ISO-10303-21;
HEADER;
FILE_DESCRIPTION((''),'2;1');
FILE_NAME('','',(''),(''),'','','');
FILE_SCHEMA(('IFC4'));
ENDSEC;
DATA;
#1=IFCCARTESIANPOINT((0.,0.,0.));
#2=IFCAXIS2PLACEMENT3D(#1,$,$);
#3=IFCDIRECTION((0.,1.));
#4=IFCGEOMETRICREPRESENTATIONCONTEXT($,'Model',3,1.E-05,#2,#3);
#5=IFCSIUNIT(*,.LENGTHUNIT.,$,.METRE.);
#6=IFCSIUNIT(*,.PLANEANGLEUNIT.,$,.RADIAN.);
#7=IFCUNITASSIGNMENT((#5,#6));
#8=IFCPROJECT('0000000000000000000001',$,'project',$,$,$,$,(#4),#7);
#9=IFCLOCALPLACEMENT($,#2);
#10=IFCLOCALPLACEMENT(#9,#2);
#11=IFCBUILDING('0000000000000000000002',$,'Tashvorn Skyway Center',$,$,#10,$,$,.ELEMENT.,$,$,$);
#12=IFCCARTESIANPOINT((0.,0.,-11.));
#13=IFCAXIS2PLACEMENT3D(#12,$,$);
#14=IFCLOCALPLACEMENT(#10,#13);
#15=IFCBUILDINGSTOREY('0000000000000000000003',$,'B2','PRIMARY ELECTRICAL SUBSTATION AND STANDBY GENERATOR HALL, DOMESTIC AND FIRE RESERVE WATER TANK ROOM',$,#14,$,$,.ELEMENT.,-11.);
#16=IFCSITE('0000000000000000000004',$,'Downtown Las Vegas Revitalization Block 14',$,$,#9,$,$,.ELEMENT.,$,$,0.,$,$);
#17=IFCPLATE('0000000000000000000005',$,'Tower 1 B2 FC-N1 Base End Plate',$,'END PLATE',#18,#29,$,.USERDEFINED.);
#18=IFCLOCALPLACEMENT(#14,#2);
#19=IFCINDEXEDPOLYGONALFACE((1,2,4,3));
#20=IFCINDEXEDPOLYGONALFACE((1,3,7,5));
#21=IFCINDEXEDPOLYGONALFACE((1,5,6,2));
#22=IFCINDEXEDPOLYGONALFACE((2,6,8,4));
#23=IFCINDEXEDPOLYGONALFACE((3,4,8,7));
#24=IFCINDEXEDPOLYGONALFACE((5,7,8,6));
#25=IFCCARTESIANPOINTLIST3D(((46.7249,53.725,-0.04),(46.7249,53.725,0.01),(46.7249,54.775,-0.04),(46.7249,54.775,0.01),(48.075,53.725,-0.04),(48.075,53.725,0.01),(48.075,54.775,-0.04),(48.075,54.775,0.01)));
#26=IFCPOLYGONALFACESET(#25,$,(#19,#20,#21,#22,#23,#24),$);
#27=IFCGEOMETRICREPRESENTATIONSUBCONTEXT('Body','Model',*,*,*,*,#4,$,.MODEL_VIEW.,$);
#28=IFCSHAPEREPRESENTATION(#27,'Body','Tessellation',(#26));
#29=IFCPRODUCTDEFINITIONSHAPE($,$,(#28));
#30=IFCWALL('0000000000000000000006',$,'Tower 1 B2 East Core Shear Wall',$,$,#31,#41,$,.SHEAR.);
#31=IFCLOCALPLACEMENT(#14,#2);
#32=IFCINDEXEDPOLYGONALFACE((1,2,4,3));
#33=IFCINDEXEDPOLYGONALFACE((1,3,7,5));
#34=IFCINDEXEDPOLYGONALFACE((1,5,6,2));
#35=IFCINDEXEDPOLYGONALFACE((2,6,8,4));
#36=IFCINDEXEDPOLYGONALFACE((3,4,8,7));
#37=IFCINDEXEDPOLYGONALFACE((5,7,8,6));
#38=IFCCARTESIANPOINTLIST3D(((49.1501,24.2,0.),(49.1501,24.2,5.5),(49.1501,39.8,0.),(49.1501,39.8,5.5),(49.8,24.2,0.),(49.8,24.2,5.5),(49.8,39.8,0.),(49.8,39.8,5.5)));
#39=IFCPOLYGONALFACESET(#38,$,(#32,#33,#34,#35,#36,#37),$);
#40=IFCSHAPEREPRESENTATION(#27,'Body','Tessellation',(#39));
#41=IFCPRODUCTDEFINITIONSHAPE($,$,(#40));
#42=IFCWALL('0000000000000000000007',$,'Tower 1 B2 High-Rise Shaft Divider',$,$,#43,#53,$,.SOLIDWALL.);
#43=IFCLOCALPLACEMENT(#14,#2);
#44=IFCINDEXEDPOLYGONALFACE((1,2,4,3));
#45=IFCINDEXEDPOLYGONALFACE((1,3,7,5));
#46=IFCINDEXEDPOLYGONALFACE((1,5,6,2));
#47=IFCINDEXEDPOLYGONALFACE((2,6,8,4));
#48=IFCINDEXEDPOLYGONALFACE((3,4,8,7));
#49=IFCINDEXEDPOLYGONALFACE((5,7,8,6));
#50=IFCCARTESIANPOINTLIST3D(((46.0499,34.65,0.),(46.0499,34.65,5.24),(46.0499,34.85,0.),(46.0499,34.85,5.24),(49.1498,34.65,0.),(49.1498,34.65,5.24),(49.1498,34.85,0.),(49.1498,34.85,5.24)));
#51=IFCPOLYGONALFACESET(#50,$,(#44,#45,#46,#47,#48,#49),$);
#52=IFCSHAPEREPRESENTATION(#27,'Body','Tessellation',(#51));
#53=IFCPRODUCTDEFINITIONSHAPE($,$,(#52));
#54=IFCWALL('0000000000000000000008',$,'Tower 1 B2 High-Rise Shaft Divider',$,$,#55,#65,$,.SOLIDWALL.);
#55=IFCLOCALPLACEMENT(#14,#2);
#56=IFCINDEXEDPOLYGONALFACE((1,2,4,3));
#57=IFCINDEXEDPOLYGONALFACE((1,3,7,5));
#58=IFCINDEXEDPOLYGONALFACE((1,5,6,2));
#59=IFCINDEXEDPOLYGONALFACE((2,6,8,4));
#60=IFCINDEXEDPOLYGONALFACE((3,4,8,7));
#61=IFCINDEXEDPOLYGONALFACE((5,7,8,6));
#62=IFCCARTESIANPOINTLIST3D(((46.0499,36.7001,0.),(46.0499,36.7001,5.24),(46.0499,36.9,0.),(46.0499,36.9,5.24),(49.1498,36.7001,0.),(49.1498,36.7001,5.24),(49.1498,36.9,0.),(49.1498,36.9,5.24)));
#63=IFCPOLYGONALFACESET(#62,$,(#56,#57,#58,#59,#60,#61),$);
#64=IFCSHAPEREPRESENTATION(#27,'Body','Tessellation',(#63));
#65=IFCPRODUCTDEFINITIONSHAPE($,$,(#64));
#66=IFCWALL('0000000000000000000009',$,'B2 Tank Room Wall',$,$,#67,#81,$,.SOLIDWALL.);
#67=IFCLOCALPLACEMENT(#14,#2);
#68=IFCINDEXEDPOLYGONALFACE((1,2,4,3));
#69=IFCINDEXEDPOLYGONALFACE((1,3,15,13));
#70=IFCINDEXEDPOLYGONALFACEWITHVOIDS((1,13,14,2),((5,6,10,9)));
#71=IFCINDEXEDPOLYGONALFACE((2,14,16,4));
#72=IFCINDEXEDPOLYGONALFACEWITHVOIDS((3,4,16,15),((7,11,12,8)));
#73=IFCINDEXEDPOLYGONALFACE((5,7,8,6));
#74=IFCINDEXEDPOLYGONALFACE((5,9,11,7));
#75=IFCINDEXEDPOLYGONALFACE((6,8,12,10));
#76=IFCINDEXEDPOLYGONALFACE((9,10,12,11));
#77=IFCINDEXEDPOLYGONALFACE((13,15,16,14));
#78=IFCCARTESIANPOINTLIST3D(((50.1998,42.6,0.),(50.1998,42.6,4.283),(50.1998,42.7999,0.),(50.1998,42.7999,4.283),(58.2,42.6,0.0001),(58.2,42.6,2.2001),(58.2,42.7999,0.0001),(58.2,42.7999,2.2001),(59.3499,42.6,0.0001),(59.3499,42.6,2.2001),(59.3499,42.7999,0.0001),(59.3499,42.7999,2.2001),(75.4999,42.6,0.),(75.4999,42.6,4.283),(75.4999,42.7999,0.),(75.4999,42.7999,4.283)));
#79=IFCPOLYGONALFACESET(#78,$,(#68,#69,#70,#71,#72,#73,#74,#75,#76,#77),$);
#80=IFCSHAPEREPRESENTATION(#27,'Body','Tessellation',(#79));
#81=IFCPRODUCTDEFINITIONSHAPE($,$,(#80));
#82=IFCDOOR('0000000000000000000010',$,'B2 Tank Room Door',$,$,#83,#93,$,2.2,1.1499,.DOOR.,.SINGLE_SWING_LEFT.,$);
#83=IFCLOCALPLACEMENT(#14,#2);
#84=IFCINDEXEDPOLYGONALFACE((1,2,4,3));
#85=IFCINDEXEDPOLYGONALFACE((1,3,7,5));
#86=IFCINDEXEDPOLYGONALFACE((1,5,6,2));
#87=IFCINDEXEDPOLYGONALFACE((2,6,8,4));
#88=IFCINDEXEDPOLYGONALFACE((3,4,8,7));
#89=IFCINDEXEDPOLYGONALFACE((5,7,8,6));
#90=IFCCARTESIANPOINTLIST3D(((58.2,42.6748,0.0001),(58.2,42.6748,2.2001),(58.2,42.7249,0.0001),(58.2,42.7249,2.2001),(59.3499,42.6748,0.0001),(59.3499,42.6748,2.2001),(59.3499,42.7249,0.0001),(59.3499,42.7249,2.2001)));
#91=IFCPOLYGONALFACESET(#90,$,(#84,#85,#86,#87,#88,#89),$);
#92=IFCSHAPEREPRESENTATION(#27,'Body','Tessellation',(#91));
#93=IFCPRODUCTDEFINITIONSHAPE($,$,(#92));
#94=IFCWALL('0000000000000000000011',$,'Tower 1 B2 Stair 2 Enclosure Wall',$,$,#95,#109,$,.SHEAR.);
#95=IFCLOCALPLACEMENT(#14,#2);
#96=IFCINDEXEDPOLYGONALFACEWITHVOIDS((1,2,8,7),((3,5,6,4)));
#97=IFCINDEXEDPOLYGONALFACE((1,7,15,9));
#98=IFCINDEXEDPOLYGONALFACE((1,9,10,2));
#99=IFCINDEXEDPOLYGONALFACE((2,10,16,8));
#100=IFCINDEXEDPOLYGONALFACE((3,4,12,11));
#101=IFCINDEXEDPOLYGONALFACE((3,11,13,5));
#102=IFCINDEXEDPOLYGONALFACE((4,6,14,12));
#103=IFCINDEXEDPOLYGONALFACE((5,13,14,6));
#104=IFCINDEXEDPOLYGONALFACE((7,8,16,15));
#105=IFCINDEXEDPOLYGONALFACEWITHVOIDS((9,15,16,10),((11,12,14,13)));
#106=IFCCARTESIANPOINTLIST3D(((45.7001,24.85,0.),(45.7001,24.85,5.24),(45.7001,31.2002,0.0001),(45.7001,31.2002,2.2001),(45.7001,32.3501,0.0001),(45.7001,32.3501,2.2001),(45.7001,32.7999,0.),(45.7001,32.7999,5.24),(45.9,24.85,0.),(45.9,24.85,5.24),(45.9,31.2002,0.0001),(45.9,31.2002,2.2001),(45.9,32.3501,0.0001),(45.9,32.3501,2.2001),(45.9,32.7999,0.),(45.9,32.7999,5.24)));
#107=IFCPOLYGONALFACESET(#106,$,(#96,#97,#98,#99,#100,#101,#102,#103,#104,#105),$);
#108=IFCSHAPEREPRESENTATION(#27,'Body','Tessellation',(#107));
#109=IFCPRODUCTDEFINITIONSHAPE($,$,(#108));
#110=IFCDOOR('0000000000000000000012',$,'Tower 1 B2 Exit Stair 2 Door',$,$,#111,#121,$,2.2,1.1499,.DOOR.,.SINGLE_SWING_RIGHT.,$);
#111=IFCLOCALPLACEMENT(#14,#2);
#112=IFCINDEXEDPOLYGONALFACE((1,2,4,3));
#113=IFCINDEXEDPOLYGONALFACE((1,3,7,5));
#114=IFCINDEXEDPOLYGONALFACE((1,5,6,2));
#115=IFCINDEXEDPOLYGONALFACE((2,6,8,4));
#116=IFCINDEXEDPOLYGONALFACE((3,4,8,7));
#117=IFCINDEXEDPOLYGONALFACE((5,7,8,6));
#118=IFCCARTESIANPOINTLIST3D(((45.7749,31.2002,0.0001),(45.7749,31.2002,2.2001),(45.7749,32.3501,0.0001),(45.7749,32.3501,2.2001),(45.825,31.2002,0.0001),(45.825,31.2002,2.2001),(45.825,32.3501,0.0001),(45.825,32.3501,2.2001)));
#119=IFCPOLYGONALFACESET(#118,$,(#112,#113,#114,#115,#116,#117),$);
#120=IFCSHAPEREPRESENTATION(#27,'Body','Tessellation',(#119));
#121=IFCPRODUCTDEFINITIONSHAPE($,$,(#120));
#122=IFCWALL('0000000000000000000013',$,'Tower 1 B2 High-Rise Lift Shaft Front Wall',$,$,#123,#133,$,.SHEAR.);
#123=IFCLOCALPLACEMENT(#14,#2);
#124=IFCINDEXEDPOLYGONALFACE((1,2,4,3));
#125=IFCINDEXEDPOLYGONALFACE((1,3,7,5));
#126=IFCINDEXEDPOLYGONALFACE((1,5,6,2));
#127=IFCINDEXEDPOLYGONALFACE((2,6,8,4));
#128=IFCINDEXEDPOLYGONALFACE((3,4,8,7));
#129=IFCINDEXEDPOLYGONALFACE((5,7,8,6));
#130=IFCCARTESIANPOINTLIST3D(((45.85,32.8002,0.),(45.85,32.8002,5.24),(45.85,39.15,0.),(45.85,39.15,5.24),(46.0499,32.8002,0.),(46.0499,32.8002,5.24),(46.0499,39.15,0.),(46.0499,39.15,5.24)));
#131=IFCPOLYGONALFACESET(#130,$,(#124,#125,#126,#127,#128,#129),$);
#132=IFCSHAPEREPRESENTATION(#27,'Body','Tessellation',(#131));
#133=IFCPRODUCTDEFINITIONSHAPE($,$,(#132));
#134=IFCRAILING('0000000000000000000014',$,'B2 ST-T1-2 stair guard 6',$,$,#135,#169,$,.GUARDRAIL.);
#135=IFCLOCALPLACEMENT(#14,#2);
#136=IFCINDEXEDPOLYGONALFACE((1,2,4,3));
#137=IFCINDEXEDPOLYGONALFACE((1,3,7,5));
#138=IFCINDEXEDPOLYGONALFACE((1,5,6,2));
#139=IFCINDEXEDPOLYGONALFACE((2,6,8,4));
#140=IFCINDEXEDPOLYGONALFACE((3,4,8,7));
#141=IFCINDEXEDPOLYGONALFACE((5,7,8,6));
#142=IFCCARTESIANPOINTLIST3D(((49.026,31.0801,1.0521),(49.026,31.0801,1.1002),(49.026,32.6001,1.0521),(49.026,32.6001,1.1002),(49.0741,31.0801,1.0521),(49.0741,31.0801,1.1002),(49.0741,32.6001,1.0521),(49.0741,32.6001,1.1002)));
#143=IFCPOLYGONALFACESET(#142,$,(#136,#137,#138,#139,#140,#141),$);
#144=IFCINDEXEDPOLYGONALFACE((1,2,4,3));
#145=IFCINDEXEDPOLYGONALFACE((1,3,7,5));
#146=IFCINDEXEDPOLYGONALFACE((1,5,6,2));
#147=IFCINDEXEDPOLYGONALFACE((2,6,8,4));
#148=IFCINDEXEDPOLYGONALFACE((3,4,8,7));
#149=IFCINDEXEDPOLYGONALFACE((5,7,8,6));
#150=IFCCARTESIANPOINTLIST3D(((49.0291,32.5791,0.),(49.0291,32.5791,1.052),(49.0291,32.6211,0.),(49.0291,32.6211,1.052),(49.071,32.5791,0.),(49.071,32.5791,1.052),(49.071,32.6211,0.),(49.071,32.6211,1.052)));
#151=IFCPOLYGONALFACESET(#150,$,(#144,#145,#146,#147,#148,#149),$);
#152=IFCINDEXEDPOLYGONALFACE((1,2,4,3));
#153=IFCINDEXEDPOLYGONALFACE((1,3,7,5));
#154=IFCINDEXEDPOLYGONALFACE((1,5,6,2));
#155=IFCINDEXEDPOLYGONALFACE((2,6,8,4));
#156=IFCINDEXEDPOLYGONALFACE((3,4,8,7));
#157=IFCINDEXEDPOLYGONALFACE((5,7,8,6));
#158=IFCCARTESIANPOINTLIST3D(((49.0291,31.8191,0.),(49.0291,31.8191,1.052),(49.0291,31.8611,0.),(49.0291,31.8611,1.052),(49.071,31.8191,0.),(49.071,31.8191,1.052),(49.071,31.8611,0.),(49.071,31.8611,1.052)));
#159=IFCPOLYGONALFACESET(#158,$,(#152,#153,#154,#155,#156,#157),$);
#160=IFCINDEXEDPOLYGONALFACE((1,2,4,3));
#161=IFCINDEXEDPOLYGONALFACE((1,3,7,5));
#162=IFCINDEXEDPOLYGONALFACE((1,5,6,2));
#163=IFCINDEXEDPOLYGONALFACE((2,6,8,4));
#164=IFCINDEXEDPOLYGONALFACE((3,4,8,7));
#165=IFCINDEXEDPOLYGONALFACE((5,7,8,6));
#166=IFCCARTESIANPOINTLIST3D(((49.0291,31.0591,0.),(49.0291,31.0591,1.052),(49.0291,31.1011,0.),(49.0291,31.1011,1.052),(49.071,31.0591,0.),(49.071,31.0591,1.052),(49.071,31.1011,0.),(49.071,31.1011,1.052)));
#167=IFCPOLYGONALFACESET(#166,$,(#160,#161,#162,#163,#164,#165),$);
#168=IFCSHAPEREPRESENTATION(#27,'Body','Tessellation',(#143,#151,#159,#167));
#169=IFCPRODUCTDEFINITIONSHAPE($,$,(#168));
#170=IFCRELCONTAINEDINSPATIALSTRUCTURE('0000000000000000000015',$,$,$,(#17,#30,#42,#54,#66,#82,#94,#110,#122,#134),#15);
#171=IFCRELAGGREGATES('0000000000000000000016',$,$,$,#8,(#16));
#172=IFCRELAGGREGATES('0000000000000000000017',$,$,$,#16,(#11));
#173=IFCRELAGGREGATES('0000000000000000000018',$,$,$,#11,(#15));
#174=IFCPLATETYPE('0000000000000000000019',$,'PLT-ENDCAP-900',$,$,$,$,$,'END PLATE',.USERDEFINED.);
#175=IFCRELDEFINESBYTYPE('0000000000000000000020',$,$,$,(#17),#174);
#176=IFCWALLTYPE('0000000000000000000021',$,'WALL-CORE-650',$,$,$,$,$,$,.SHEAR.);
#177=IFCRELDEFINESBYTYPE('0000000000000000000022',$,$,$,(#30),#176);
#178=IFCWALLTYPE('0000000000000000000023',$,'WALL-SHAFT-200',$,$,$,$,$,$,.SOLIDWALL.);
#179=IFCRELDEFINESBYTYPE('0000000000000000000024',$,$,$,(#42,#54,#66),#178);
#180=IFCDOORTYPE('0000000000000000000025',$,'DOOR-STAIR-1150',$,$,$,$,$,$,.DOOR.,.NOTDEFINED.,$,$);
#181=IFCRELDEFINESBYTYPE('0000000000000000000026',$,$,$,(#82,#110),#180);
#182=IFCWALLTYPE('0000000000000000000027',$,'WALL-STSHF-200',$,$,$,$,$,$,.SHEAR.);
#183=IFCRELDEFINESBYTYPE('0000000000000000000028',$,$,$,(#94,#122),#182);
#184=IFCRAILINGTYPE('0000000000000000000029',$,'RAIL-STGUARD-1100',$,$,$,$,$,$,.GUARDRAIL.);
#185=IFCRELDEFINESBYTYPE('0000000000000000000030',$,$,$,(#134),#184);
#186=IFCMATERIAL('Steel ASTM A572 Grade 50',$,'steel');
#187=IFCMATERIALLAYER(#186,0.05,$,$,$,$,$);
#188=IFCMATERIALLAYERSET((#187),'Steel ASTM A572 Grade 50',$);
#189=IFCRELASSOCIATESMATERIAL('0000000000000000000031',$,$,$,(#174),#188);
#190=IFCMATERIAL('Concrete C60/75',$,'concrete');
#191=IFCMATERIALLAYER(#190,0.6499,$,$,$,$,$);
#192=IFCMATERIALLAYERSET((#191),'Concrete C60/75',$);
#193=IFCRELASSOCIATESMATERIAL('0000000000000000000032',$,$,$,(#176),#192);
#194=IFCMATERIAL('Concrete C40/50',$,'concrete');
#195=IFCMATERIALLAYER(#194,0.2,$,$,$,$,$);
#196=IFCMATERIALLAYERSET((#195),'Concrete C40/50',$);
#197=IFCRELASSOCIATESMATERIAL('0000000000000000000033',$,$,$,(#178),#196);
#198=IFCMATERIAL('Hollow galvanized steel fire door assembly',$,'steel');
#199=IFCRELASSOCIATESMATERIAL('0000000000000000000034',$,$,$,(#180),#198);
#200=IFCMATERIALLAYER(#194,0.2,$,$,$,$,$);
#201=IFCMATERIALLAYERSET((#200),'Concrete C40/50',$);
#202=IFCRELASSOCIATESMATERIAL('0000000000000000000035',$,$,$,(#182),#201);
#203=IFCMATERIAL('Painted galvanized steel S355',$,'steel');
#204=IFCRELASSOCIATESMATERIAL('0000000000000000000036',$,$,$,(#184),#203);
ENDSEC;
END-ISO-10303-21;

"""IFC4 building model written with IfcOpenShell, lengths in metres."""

from ifc_helpers import new_model, si_unit, direction, frame, frame_2d, origin, origin_2d, place, context, subcontext, project, spatial, rectangle, extrude, material, layer, layer_set, type_object, element, fill, save


model = new_model("IFC4")

# Units and contexts
model_context = context("Model", 3, precision=1e-05, world=origin(), true_north=direction((0.0, 1.0)))
body_context = subcontext(model_context, "Body", "Model", "MODEL_VIEW")
ifc_project = project(units=[si_unit("LENGTHUNIT", "METRE"), si_unit("PLANEANGLEUNIT", "RADIAN")], contexts=[model_context])

# Site, building, storey
site_placement = place(None, origin())
site = spatial("IfcSite", under=ifc_project, at=site_placement, Name="Downtown Las Vegas Revitalization Block 14", CompositionType="ELEMENT", RefElevation=0.0)
building_placement = place(site_placement, origin())
building = spatial("IfcBuilding", under=site, at=building_placement, Name="Tashvorn Skyway Center", CompositionType="ELEMENT")
storey_placement = place(building_placement, frame((0.0, 0.0, -11.0)))
storey = spatial("IfcBuildingStorey", under=building, at=storey_placement, Name="B2", Description="PRIMARY ELECTRICAL SUBSTATION AND STANDBY GENERATOR HALL, DOMESTIC AND FIRE RESERVE WATER TANK ROOM", CompositionType="ELEMENT", Elevation=-11.0)

# Shared definitions
ifc_material_1 = material(Name="Steel ASTM A572 Grade 50", Category="steel")

# Plate
ifc_layer_1 = layer(ifc_material_1, 0.05)
ifc_layer_set_1 = layer_set([ifc_layer_1], Name="Steel ASTM A572 Grade 50")
plate_type_1 = type_object("IfcPlateType", Name="PLT-ENDCAP-900", ElementType="END PLATE", PredefinedType="USERDEFINED", material=ifc_layer_set_1)
plate_1_placement = place(storey_placement, frame((47.3999, 54.25, -0.04), z_axis=(0.0, 0.0, 1.0), x_axis=(1.0, 0.0, 0.0)))
element("IfcPlate", 1, at=plate_1_placement, inside=storey, type_object=plate_type_1, Name="Tower 1 B2 FC-N1 Base End Plate", ObjectType="END PLATE", PredefinedType="USERDEFINED", context=body_context, shape_type="SweptSolid", body=[
    extrude(rectangle(XDim=1.3501, YDim=1.05, at=origin_2d()), origin(), (0.0, 0.0, 1.0), 0.05),
])

# Walls
ifc_material_2 = material(Name="Concrete C60/75", Category="concrete")
ifc_layer_2 = layer(ifc_material_2, 0.6499)
ifc_layer_set_2 = layer_set([ifc_layer_2], Name="Concrete C60/75")
wall_type_1 = type_object("IfcWallType", Name="WALL-CORE-650", PredefinedType="SHEAR", material=ifc_layer_set_2)
wall_1_placement = place(storey_placement, frame((49.4751, 39.8, 0.0), z_axis=(0.0, 0.0, 1.0), x_axis=(0.0, -1.0, 0.0)))
element("IfcWall", 2, at=wall_1_placement, inside=storey, type_object=wall_type_1, Name="Tower 1 B2 East Core Shear Wall", PredefinedType="SHEAR", context=body_context, shape_type="SweptSolid", body=[
    extrude(rectangle(XDim=15.6001, YDim=0.6499, at=frame_2d((7.8, 0.0))), origin(), (0.0, 0.0, 1.0), 5.5),
])
ifc_material_3 = material(Name="Concrete C40/50", Category="concrete")
ifc_layer_3 = layer(ifc_material_3, 0.2)
ifc_layer_set_3 = layer_set([ifc_layer_3], Name="Concrete C40/50")
wall_type_2 = type_object("IfcWallType", Name="WALL-SHAFT-200", PredefinedType="SOLIDWALL", material=ifc_layer_set_3)
for number, where, z_axis, x_axis, name in (
    (3, (46.05, 34.75, 0.0), (0.0, 0.0, 1.0), (1.0, 0.0, 0.0), "Tower 1 B2 High-Rise Shaft Divider"),
    (4, (46.05, 36.8, 0.0), (0.0, 0.0, 1.0), (1.0, 0.0, 0.0), "Tower 1 B2 High-Rise Shaft Divider"),
):
    element("IfcWall", number, at=place(storey_placement, frame(where, z_axis=z_axis, x_axis=x_axis)), inside=storey, type_object=wall_type_2, Name=name, PredefinedType="SOLIDWALL", context=body_context, shape_type="SweptSolid", body=[
        extrude(rectangle(XDim=3.0999, YDim=0.2, at=frame_2d((1.5498, 0.0))), origin(), (0.0, 0.0, 1.0), 5.24),
    ])

# Walls, openings, doors
wall_2_placement = place(storey_placement, frame((50.2, 42.7, 0.0), z_axis=(0.0, 0.0, 1.0), x_axis=(1.0, 0.0, 0.0)))
wall_2 = element("IfcWall", 5, at=wall_2_placement, inside=storey, type_object=wall_type_2, Name="B2 Tank Room Wall", PredefinedType="SOLIDWALL", context=body_context, shape_type="SweptSolid", body=[
    extrude(rectangle(XDim=25.3, YDim=0.2, at=frame_2d((12.6499, 0.0))), origin(), (0.0, 0.0, 1.0), 4.283),
])
opening_1_placement = place(wall_2_placement, frame((8.0, 0.0, 0.0)))
opening_1 = element("IfcOpeningElement", 6, at=opening_1_placement, cuts=wall_2, PredefinedType="OPENING", context=body_context, shape_type="SweptSolid", body=[
    extrude(rectangle(XDim=1.1499, YDim=2.2, at=frame_2d((0.575, 1.1001))), frame((0.0, 0.1099, 0.0), z_axis=(0.0, -1.0, 0.0), x_axis=(1.0, 0.0, 0.0)), (0.0, 0.0, 1.0), 0.22),
])
ifc_material_4 = material(Name="Hollow galvanized steel fire door assembly", Category="steel")
door_type = type_object("IfcDoorType", Name="DOOR-STAIR-1150", OperationType="NOTDEFINED", PredefinedType="DOOR", material=ifc_material_4)
door_1_placement = place(opening_1_placement, origin())
door_1 = element("IfcDoor", 7, at=door_1_placement, inside=storey, type_object=door_type, Name="B2 Tank Room Door", OperationType="SINGLE_SWING_LEFT", OverallHeight=2.2, OverallWidth=1.1499, PredefinedType="DOOR", context=body_context, shape_type="SweptSolid", body=[
    extrude(rectangle(XDim=1.1499, YDim=2.2, at=frame_2d((0.575, 1.1001))), frame((0.0, 0.0249, 0.0), z_axis=(0.0, -1.0, 0.0), x_axis=(1.0, 0.0, 0.0)), (0.0, 0.0, 1.0), 0.05),
])
fill(opening_1, door_1)
ifc_layer_4 = layer(ifc_material_3, 0.2)
ifc_layer_set_4 = layer_set([ifc_layer_4], Name="Concrete C40/50")
wall_type_3 = type_object("IfcWallType", Name="WALL-STSHF-200", PredefinedType="SHEAR", material=ifc_layer_set_4)
wall_3_placement = place(storey_placement, frame((45.8, 32.8, 0.0), z_axis=(0.0, 0.0, 1.0), x_axis=(0.0, -1.0, 0.0)))
wall_3 = element("IfcWall", 8, at=wall_3_placement, inside=storey, type_object=wall_type_3, Name="Tower 1 B2 Stair 2 Enclosure Wall", PredefinedType="SHEAR", context=body_context, shape_type="SweptSolid", body=[
    extrude(rectangle(XDim=7.95, YDim=0.2, at=frame_2d((3.9751, 0.0))), origin(), (0.0, 0.0, 1.0), 5.24),
])
opening_2_placement = place(wall_3_placement, frame((0.45, 0.0, 0.0)))
opening_2 = element("IfcOpeningElement", 9, at=opening_2_placement, cuts=wall_3, PredefinedType="OPENING", context=body_context, shape_type="SweptSolid", body=[
    extrude(rectangle(XDim=1.1499, YDim=2.2, at=frame_2d((0.575, 1.1001))), frame((0.0, 0.1099, 0.0), z_axis=(0.0, -1.0, 0.0), x_axis=(1.0, 0.0, 0.0)), (0.0, 0.0, 1.0), 0.22),
])
door_2_placement = place(opening_2_placement, origin())
door_2 = element("IfcDoor", 10, at=door_2_placement, inside=storey, type_object=door_type, Name="Tower 1 B2 Exit Stair 2 Door", OperationType="SINGLE_SWING_RIGHT", OverallHeight=2.2, OverallWidth=1.1499, PredefinedType="DOOR", context=body_context, shape_type="SweptSolid", body=[
    extrude(rectangle(XDim=1.1499, YDim=2.2, at=frame_2d((0.575, 1.1001))), frame((0.0, 0.0249, 0.0), z_axis=(0.0, -1.0, 0.0), x_axis=(1.0, 0.0, 0.0)), (0.0, 0.0, 1.0), 0.05),
])
fill(opening_2, door_2)

# Wall
wall_4_placement = place(storey_placement, frame((45.95, 39.1499, 0.0), z_axis=(0.0, 0.0, 1.0), x_axis=(0.0, -1.0, 0.0)))
element("IfcWall", 11, at=wall_4_placement, inside=storey, type_object=wall_type_3, Name="Tower 1 B2 High-Rise Lift Shaft Front Wall", PredefinedType="SHEAR", context=body_context, shape_type="SweptSolid", body=[
    extrude(rectangle(XDim=6.3499, YDim=0.2, at=frame_2d((3.1748, 0.0))), origin(), (0.0, 0.0, 1.0), 5.24),
])

# Railing
ifc_material_5 = material(Name="Painted galvanized steel S355", Category="steel")
railing_type = type_object("IfcRailingType", Name="RAIL-STGUARD-1100", PredefinedType="GUARDRAIL", material=ifc_material_5)
railing_placement = place(storey_placement, frame((49.05, 32.6001, 0.0)))
element("IfcRailing", 12, at=railing_placement, inside=storey, type_object=railing_type, Name="B2 ST-T1-2 stair guard 6", PredefinedType="GUARDRAIL", context=body_context, shape_type="SweptSolid", body=[
    extrude(rectangle(XDim=0.0481, YDim=0.0481, at=origin_2d()), frame((0.0, 0.0, 1.0762), z_axis=(0.0, -1.0, 0.0), x_axis=(1.0, 0.0, 0.0)), (0.0, 0.0, 1.0), 1.52),
    extrude(rectangle(XDim=0.042, YDim=0.042, at=origin_2d()), origin(), (0.0, 0.0, 1.0), 1.052),
    extrude(rectangle(XDim=0.042, YDim=0.042, at=origin_2d()), frame((0.0, -0.76, 0.0)), (0.0, 0.0, 1.0), 1.052),
    extrude(rectangle(XDim=0.042, YDim=0.042, at=origin_2d()), frame((0.0, -1.52, 0.0)), (0.0, 0.0, 1.0), 1.052),
])

save(model, "model.ifc")
